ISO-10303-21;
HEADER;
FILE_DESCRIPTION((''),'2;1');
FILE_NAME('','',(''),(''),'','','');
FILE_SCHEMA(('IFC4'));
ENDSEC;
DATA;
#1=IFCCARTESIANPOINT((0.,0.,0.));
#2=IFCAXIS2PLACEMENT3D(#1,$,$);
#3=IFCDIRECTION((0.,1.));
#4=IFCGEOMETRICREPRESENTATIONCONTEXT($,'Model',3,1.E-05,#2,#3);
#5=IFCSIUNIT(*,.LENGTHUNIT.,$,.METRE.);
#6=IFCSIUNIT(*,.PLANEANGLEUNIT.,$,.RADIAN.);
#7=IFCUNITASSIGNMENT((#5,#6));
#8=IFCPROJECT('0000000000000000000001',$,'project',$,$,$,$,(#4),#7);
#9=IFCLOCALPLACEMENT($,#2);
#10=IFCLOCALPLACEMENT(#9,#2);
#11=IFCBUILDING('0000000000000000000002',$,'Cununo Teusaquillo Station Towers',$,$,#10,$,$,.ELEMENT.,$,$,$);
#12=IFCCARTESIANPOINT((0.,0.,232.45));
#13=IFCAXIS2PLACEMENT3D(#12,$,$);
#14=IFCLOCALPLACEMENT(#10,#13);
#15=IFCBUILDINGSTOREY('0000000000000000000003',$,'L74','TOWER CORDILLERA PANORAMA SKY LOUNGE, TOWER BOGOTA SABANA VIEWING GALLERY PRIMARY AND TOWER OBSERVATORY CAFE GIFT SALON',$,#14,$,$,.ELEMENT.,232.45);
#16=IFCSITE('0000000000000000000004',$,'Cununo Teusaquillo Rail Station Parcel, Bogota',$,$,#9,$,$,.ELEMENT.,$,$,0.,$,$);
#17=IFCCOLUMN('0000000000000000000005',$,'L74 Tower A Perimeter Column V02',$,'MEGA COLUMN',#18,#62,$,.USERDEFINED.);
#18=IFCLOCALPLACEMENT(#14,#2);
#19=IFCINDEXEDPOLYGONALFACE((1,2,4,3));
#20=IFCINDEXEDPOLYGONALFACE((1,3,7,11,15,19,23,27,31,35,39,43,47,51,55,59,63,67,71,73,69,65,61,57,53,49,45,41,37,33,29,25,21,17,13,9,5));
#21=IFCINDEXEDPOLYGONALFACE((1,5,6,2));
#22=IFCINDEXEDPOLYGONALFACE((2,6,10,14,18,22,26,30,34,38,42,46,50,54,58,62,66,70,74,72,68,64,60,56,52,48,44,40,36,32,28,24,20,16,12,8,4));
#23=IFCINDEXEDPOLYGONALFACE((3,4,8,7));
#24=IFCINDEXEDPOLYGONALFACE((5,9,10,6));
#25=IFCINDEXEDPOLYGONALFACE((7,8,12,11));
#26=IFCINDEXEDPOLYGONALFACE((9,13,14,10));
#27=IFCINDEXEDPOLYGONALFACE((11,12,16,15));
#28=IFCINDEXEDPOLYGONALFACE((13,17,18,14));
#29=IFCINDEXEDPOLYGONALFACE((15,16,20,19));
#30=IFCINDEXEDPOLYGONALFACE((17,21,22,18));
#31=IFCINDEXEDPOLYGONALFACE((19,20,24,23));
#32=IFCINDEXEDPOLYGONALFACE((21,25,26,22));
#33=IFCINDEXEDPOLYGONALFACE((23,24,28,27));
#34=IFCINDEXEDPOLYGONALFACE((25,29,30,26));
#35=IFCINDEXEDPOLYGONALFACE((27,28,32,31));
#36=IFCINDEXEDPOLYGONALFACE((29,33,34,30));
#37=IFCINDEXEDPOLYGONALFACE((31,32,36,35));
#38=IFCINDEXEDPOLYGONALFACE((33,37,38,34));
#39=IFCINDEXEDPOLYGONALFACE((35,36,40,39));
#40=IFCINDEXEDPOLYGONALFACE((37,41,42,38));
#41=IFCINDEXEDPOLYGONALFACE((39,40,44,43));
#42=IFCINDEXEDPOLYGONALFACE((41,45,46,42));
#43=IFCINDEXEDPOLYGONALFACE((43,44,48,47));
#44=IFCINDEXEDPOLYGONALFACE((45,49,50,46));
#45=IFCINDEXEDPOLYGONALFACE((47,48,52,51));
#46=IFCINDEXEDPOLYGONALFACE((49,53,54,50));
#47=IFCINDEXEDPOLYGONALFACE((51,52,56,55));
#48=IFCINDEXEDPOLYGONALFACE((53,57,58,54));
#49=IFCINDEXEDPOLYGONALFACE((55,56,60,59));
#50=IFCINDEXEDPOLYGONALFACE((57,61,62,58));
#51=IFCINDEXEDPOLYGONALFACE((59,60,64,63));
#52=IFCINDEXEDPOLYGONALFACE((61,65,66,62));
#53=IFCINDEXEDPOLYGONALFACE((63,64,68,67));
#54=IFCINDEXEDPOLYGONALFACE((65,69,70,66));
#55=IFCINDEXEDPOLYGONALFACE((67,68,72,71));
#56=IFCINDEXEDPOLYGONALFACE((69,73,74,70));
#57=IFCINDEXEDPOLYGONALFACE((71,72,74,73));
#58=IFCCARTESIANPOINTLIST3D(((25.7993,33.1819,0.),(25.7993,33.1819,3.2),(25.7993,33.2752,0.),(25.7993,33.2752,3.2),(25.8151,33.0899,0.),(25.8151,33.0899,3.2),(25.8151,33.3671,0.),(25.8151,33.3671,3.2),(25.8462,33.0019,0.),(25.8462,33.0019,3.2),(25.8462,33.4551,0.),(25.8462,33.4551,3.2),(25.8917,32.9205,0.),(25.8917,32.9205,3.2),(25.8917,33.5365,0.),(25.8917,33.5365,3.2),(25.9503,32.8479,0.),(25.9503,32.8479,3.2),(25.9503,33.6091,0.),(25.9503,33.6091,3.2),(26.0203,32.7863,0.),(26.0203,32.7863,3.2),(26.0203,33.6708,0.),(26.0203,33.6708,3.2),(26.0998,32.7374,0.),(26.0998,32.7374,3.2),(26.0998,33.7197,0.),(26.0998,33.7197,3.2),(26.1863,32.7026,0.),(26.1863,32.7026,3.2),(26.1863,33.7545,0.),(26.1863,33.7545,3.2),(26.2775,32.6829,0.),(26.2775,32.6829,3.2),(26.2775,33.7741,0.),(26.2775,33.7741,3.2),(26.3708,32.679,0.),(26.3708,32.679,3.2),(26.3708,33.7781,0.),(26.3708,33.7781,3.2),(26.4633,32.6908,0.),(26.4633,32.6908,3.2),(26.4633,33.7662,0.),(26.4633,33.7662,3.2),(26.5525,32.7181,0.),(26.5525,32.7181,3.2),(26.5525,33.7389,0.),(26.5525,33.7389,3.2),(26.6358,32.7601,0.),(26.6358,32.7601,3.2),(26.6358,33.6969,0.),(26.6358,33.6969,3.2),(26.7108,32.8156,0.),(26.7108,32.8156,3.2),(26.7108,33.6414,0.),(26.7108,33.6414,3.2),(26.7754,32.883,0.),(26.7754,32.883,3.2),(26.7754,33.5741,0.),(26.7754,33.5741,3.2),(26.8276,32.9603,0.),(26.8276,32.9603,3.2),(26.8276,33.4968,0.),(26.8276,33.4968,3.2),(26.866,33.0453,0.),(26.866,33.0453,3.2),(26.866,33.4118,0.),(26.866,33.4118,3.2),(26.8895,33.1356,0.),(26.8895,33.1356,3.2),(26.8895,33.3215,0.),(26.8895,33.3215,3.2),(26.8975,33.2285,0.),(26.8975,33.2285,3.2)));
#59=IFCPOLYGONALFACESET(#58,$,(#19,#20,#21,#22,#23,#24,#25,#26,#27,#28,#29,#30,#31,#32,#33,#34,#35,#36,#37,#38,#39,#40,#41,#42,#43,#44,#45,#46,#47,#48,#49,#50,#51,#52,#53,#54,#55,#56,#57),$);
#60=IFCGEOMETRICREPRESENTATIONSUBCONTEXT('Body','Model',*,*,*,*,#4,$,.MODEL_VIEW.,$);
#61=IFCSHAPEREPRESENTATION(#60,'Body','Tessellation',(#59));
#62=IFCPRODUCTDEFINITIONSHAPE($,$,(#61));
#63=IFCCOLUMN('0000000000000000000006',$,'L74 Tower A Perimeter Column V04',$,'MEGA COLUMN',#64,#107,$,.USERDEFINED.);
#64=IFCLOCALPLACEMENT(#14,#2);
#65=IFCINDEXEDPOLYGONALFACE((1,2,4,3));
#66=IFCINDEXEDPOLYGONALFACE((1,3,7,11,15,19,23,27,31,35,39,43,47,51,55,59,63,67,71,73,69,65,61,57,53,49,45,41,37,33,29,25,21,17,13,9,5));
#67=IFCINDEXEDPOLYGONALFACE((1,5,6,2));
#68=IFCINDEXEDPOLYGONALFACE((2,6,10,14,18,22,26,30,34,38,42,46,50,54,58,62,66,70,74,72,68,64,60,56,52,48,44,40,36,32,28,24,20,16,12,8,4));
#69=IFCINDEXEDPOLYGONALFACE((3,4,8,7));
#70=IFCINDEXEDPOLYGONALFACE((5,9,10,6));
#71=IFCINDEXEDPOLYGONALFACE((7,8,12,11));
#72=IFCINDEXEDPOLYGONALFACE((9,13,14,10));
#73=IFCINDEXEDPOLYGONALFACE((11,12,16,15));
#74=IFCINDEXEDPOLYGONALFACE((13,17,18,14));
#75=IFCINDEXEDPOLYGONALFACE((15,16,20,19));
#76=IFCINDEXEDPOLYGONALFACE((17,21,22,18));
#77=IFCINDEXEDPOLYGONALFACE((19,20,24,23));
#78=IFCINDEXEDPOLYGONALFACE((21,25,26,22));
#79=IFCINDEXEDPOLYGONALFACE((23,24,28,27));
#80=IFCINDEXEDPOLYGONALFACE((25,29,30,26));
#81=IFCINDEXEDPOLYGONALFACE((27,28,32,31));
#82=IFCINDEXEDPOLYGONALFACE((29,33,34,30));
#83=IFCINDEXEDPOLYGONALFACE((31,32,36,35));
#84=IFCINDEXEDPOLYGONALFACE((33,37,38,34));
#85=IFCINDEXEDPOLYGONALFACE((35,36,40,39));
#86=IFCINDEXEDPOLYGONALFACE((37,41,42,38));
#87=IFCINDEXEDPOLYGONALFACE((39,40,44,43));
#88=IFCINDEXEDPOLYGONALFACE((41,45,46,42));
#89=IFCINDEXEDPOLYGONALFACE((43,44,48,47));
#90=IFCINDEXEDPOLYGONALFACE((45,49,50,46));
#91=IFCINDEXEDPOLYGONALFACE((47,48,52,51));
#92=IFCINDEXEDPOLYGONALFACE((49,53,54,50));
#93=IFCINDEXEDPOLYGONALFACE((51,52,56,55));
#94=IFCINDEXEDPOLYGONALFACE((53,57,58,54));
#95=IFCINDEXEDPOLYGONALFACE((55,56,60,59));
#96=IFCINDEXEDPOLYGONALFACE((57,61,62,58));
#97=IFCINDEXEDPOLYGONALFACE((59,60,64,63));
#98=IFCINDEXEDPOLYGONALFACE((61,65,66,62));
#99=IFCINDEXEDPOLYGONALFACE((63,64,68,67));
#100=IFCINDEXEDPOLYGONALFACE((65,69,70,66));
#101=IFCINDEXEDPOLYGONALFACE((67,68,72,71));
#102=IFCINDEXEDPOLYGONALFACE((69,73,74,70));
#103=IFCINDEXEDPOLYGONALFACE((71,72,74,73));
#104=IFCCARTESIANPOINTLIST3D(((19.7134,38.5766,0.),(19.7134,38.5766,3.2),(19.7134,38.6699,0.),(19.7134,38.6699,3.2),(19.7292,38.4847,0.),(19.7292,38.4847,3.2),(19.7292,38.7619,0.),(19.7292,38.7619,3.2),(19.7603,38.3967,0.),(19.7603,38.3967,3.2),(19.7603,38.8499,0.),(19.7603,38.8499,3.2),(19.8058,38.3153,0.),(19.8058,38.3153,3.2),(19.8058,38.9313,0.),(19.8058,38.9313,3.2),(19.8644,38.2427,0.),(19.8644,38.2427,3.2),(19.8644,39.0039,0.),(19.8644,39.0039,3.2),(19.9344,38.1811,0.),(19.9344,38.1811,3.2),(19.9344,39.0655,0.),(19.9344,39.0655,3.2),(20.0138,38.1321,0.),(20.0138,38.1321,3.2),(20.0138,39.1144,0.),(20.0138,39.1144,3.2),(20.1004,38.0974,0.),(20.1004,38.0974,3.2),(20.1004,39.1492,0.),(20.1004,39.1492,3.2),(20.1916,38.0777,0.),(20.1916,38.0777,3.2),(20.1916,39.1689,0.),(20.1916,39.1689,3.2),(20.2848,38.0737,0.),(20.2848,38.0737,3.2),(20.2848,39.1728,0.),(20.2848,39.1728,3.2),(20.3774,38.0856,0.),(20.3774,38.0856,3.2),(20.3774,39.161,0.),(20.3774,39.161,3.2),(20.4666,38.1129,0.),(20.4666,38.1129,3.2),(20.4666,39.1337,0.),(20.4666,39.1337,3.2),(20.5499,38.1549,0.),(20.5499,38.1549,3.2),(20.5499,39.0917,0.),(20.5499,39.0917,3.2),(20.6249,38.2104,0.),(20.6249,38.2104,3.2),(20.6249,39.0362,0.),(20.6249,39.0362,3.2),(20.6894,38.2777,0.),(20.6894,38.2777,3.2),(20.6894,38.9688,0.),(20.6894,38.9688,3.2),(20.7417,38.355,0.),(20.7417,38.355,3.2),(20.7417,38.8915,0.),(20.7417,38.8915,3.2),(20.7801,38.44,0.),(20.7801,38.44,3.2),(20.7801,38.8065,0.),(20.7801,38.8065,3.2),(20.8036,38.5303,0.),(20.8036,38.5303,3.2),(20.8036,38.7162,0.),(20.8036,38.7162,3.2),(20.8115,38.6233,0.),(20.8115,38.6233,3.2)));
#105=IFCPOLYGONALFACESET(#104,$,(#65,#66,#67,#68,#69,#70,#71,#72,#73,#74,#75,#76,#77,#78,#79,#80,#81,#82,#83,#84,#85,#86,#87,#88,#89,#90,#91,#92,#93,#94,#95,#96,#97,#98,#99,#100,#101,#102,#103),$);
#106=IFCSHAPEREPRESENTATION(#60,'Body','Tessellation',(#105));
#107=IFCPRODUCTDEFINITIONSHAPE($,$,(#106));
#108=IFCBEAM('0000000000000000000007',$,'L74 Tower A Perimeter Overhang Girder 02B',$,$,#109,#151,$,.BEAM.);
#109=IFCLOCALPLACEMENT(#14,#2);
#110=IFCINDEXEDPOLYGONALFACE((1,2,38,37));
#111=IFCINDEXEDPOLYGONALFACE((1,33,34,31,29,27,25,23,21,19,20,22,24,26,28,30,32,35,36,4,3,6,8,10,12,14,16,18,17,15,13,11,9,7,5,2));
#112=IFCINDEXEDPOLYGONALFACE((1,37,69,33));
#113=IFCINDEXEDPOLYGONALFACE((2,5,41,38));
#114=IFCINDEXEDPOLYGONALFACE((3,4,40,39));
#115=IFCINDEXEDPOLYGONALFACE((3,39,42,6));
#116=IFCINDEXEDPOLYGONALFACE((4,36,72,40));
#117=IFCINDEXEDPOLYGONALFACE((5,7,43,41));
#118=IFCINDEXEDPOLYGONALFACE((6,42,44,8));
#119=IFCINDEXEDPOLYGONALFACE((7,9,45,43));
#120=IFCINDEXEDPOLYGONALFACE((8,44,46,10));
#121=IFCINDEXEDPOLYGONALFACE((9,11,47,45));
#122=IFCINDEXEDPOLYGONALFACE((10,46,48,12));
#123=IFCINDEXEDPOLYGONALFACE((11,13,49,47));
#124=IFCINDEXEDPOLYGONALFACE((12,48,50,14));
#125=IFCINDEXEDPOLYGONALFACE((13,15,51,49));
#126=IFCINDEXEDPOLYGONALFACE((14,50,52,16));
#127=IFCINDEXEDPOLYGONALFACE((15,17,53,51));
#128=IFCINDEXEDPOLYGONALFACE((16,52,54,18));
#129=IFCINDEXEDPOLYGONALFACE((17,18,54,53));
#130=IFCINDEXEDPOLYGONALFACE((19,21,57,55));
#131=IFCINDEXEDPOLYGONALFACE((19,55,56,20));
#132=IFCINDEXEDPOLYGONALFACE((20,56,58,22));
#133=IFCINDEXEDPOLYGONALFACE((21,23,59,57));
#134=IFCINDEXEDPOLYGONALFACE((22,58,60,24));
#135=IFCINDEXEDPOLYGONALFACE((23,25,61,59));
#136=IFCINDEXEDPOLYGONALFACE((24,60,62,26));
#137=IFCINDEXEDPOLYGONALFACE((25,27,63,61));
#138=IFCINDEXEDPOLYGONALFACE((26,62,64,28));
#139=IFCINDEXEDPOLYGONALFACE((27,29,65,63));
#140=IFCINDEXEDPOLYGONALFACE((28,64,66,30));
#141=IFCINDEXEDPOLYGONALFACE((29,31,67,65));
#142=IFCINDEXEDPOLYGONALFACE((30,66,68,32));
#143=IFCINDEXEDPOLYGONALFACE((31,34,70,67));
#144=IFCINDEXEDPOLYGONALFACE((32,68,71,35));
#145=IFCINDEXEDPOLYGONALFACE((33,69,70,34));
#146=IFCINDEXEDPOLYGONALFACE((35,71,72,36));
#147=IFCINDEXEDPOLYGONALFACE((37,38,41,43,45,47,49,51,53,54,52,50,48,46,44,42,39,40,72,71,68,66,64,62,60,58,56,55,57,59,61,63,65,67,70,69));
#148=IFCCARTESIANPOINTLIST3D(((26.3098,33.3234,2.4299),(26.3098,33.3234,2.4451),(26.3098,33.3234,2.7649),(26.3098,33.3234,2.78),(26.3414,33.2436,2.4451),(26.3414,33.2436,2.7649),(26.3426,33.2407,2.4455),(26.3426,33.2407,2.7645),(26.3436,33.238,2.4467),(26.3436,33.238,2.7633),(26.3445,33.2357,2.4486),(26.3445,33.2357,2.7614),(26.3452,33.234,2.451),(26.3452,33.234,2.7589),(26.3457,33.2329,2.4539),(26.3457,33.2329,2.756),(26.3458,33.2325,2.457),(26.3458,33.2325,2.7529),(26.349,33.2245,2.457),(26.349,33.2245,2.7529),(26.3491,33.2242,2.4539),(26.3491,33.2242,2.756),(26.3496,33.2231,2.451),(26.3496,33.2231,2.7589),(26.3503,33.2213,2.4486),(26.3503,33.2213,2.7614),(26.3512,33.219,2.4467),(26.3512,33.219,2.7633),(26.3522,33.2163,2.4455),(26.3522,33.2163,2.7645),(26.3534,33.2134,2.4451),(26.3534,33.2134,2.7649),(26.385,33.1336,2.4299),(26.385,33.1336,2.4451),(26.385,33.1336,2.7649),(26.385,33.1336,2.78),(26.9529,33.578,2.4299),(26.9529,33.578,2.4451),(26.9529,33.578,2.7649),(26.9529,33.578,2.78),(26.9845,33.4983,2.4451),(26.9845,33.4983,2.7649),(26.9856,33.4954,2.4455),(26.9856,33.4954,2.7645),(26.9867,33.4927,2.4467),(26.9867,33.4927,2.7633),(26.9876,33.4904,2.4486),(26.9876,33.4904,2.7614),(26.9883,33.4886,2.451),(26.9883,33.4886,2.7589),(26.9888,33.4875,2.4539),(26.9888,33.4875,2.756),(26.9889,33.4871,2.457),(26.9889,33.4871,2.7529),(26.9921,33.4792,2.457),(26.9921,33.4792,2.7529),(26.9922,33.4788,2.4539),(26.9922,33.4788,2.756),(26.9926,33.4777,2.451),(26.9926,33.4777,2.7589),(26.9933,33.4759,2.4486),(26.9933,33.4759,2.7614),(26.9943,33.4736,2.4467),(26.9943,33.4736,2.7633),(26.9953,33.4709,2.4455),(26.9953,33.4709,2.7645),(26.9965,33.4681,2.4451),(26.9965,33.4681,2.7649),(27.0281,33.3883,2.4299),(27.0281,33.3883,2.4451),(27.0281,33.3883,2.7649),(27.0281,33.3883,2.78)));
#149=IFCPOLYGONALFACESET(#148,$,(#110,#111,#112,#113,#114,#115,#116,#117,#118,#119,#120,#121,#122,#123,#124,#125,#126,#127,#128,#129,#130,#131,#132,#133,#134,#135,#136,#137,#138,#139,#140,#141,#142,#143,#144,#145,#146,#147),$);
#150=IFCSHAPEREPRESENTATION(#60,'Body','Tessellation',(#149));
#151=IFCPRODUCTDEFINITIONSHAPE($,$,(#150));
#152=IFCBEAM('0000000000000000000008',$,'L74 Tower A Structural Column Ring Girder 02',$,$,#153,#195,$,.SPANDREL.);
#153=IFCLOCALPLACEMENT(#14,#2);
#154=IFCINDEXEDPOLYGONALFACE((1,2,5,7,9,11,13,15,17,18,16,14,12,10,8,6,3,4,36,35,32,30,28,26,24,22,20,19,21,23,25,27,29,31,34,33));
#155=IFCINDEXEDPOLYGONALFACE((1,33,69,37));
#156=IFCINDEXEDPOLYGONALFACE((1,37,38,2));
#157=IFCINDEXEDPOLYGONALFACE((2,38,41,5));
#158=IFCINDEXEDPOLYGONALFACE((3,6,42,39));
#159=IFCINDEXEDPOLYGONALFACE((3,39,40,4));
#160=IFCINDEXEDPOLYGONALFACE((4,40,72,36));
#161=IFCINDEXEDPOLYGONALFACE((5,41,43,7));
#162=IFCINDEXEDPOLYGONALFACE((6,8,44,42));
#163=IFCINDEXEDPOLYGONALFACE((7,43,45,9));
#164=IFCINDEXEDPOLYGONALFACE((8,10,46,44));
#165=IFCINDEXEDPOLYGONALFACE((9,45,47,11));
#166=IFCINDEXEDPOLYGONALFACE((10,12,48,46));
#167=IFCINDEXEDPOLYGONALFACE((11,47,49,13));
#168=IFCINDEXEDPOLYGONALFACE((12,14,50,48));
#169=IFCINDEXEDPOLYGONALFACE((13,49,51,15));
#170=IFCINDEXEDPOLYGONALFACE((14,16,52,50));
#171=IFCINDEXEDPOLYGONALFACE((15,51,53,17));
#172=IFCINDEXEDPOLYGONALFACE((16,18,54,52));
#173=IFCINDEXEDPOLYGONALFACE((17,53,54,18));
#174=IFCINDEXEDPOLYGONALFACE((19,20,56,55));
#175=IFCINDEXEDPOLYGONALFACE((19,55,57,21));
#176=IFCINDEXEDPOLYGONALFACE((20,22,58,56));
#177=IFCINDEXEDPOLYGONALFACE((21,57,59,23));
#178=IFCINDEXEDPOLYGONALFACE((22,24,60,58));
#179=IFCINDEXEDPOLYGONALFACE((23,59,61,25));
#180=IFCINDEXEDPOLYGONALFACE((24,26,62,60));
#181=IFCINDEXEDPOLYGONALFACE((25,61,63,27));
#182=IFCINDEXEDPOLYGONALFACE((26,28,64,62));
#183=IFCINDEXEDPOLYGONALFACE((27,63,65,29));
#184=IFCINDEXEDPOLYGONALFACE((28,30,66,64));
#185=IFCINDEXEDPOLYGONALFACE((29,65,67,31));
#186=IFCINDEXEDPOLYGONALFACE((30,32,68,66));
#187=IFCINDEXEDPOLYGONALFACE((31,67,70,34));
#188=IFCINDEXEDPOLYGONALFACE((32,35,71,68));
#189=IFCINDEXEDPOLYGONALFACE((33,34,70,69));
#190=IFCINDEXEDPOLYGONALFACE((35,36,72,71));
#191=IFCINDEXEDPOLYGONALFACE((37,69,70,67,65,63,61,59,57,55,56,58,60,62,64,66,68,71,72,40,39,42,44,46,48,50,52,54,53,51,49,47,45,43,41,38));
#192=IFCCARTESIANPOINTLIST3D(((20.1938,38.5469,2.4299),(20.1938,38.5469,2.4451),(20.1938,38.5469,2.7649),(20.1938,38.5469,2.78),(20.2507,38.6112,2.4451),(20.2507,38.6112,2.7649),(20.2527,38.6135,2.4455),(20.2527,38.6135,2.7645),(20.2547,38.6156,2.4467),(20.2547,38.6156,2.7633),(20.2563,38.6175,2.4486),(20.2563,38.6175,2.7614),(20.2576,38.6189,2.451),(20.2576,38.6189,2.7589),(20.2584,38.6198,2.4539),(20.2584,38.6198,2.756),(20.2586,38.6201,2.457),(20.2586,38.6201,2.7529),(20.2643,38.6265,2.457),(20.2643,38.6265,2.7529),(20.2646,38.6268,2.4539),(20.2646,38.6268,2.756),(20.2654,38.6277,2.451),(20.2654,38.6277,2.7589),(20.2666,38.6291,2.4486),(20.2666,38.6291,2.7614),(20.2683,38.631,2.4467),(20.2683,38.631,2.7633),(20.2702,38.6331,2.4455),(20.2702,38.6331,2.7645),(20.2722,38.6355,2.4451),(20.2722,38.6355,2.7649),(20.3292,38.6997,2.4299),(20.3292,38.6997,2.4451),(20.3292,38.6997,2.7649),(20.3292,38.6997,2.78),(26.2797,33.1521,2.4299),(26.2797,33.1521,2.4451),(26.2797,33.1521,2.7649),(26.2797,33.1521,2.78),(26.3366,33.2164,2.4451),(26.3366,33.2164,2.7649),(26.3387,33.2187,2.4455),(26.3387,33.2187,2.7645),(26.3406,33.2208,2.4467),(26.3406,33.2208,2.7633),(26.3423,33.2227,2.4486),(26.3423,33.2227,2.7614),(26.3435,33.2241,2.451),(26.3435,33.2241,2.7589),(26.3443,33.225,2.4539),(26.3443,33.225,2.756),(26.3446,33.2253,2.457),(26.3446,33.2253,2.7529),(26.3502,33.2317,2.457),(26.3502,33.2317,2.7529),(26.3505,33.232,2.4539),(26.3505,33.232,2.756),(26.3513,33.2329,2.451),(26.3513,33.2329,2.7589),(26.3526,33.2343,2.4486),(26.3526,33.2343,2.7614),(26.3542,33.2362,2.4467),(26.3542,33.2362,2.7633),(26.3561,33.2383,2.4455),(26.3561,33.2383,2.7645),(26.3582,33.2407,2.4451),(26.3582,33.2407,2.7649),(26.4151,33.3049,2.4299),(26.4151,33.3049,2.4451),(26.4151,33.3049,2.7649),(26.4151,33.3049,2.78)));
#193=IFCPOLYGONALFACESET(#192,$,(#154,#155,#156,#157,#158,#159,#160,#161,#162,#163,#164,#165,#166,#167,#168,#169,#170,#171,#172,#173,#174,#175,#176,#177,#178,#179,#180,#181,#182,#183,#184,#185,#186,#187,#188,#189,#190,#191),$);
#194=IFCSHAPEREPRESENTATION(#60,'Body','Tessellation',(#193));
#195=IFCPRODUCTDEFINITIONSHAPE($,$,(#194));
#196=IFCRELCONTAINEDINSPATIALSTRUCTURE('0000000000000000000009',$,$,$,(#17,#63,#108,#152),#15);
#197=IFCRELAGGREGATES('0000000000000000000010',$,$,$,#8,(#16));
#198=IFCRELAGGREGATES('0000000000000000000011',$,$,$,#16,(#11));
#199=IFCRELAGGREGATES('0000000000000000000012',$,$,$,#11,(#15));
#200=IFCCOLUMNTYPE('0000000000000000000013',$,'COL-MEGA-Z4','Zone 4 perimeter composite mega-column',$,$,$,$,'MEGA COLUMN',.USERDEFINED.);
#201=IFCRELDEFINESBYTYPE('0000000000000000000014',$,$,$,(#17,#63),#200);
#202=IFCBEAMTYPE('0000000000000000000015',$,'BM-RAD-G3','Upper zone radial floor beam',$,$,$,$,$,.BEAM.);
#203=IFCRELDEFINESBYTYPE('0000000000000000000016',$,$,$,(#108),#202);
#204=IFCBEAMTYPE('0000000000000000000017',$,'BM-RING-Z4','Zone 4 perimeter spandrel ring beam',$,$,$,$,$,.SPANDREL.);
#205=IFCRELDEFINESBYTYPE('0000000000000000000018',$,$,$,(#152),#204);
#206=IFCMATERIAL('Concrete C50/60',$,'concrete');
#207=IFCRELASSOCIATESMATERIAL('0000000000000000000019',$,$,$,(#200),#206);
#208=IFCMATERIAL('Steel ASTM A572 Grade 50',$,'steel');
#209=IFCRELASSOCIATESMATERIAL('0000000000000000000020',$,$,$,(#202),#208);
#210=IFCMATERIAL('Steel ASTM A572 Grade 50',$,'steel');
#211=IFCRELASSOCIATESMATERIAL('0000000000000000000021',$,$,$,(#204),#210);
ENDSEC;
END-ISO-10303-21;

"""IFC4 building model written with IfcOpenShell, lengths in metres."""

from ifc_helpers import new_model, si_unit, direction, frame, origin, origin_2d, place, context, subcontext, project, spatial, circle, i_section, extrude, material, material_profile, profile_set, type_object, element, save


model = new_model("IFC4")

# Units and contexts
model_context = context("Model", 3, precision=1e-05, world=origin(), true_north=direction((0.0, 1.0)))
body_context = subcontext(model_context, "Body", "Model", "MODEL_VIEW")
ifc_project = project(units=[si_unit("LENGTHUNIT", "METRE"), si_unit("PLANEANGLEUNIT", "RADIAN")], contexts=[model_context])

# Site, building, storey
site_placement = place(None, origin())
site = spatial("IfcSite", under=ifc_project, at=site_placement, Name="Cununo Teusaquillo Rail Station Parcel, Bogota", CompositionType="ELEMENT", RefElevation=0.0)
building_placement = place(site_placement, origin())
building = spatial("IfcBuilding", under=site, at=building_placement, Name="Cununo Teusaquillo Station Towers", CompositionType="ELEMENT")
storey_placement = place(building_placement, frame((0.0, 0.0, 232.45)))
storey = spatial("IfcBuildingStorey", under=building, at=storey_placement, Name="L74", Description="TOWER CORDILLERA PANORAMA SKY LOUNGE, TOWER BOGOTA SABANA VIEWING GALLERY PRIMARY AND TOWER OBSERVATORY CAFE GIFT SALON", CompositionType="ELEMENT", Elevation=232.45)

# Columns
ifc_material_1 = material(Name="Concrete C50/60", Category="concrete")
ifc_material_profile_1 = material_profile(ifc_material_1, circle(Radius=0.55, at=origin_2d()), Name="RC-CIRC-1100")
ifc_profile_set_1 = profile_set([ifc_material_profile_1], Name="Concrete C50/60")
column_type = type_object("IfcColumnType", Name="COL-MEGA-Z4", Description="Zone 4 perimeter composite mega-column", ElementType="MEGA COLUMN", PredefinedType="USERDEFINED", material=ifc_profile_set_1)
for number, where, z_axis, x_axis, name in (
    (1, (26.3474, 33.2285, 0.0), (0.0, 0.0, 1.0), (1.0, 0.0, 0.0), "L74 Tower A Perimeter Column V02"),
    (2, (20.2615, 38.6233, 0.0), (0.0, 0.0, 1.0), (1.0, 0.0, 0.0), "L74 Tower A Perimeter Column V04"),
):
    element("IfcColumn", number, at=place(storey_placement, frame(where, z_axis=z_axis, x_axis=x_axis)), inside=storey, type_object=column_type, Name=name, ObjectType="MEGA COLUMN", PredefinedType="USERDEFINED", context=body_context, shape_type="SweptSolid", body=[
        extrude(circle(Radius=0.55, at=origin_2d()), origin(), (0.0, 0.0, 1.0), 3.2),
    ])

# Beams
ifc_material_2 = material(Name="Steel ASTM A572 Grade 50", Category="steel")
ifc_material_profile_2 = material_profile(ifc_material_2, i_section(OverallWidth=0.2041, OverallDepth=0.3501, WebThickness=0.0085, FlangeThickness=0.0151, FilletRadius=0.012, at=origin_2d()), Name="W14X48")
ifc_profile_set_2 = profile_set([ifc_material_profile_2], Name="Steel ASTM A572 Grade 50")
beam_type_1 = type_object("IfcBeamType", Name="BM-RAD-G3", Description="Upper zone radial floor beam", PredefinedType="BEAM", material=ifc_profile_set_2)
beam_1_placement = place(storey_placement, frame((26.3474, 33.2285, 2.605), z_axis=(0.929761, 0.368163, 0.0), x_axis=(-0.368163, 0.929761, 0.0)))
element("IfcBeam", 3, at=beam_1_placement, inside=storey, type_object=beam_type_1, Name="L74 Tower A Perimeter Overhang Girder 02B", PredefinedType="BEAM", context=body_context, shape_type="SweptSolid", body=[
    extrude(i_section(OverallWidth=0.2041, OverallDepth=0.3501, WebThickness=0.0085, FlangeThickness=0.0151, FilletRadius=0.012, at=origin_2d()), origin(), (0.0, 0.0, 1.0), 0.6917),
])
ifc_material_3 = material(Name="Steel ASTM A572 Grade 50", Category="steel")
ifc_material_profile_3 = material_profile(ifc_material_3, i_section(OverallWidth=0.2041, OverallDepth=0.3501, WebThickness=0.0085, FlangeThickness=0.0151, FilletRadius=0.012, at=origin_2d()), Name="W14X48")
ifc_profile_set_3 = profile_set([ifc_material_profile_3], Name="Steel ASTM A572 Grade 50")
beam_type_2 = type_object("IfcBeamType", Name="BM-RING-Z4", Description="Zone 4 perimeter spandrel ring beam", PredefinedType="SPANDREL", material=ifc_profile_set_3)
beam_2_placement = place(storey_placement, frame((26.3474, 33.2285, 2.605), z_axis=(-0.748321, 0.663337, 0.0), x_axis=(-0.663337, -0.748321, 0.0)))
element("IfcBeam", 4, at=beam_2_placement, inside=storey, type_object=beam_type_2, Name="L74 Tower A Structural Column Ring Girder 02", PredefinedType="SPANDREL", context=body_context, shape_type="SweptSolid", body=[
    extrude(i_section(OverallWidth=0.2041, OverallDepth=0.3501, WebThickness=0.0085, FlangeThickness=0.0151, FilletRadius=0.012, at=origin_2d()), origin(), (0.0, 0.0, 1.0), 8.1328),
])

save(model, "model.ifc")
